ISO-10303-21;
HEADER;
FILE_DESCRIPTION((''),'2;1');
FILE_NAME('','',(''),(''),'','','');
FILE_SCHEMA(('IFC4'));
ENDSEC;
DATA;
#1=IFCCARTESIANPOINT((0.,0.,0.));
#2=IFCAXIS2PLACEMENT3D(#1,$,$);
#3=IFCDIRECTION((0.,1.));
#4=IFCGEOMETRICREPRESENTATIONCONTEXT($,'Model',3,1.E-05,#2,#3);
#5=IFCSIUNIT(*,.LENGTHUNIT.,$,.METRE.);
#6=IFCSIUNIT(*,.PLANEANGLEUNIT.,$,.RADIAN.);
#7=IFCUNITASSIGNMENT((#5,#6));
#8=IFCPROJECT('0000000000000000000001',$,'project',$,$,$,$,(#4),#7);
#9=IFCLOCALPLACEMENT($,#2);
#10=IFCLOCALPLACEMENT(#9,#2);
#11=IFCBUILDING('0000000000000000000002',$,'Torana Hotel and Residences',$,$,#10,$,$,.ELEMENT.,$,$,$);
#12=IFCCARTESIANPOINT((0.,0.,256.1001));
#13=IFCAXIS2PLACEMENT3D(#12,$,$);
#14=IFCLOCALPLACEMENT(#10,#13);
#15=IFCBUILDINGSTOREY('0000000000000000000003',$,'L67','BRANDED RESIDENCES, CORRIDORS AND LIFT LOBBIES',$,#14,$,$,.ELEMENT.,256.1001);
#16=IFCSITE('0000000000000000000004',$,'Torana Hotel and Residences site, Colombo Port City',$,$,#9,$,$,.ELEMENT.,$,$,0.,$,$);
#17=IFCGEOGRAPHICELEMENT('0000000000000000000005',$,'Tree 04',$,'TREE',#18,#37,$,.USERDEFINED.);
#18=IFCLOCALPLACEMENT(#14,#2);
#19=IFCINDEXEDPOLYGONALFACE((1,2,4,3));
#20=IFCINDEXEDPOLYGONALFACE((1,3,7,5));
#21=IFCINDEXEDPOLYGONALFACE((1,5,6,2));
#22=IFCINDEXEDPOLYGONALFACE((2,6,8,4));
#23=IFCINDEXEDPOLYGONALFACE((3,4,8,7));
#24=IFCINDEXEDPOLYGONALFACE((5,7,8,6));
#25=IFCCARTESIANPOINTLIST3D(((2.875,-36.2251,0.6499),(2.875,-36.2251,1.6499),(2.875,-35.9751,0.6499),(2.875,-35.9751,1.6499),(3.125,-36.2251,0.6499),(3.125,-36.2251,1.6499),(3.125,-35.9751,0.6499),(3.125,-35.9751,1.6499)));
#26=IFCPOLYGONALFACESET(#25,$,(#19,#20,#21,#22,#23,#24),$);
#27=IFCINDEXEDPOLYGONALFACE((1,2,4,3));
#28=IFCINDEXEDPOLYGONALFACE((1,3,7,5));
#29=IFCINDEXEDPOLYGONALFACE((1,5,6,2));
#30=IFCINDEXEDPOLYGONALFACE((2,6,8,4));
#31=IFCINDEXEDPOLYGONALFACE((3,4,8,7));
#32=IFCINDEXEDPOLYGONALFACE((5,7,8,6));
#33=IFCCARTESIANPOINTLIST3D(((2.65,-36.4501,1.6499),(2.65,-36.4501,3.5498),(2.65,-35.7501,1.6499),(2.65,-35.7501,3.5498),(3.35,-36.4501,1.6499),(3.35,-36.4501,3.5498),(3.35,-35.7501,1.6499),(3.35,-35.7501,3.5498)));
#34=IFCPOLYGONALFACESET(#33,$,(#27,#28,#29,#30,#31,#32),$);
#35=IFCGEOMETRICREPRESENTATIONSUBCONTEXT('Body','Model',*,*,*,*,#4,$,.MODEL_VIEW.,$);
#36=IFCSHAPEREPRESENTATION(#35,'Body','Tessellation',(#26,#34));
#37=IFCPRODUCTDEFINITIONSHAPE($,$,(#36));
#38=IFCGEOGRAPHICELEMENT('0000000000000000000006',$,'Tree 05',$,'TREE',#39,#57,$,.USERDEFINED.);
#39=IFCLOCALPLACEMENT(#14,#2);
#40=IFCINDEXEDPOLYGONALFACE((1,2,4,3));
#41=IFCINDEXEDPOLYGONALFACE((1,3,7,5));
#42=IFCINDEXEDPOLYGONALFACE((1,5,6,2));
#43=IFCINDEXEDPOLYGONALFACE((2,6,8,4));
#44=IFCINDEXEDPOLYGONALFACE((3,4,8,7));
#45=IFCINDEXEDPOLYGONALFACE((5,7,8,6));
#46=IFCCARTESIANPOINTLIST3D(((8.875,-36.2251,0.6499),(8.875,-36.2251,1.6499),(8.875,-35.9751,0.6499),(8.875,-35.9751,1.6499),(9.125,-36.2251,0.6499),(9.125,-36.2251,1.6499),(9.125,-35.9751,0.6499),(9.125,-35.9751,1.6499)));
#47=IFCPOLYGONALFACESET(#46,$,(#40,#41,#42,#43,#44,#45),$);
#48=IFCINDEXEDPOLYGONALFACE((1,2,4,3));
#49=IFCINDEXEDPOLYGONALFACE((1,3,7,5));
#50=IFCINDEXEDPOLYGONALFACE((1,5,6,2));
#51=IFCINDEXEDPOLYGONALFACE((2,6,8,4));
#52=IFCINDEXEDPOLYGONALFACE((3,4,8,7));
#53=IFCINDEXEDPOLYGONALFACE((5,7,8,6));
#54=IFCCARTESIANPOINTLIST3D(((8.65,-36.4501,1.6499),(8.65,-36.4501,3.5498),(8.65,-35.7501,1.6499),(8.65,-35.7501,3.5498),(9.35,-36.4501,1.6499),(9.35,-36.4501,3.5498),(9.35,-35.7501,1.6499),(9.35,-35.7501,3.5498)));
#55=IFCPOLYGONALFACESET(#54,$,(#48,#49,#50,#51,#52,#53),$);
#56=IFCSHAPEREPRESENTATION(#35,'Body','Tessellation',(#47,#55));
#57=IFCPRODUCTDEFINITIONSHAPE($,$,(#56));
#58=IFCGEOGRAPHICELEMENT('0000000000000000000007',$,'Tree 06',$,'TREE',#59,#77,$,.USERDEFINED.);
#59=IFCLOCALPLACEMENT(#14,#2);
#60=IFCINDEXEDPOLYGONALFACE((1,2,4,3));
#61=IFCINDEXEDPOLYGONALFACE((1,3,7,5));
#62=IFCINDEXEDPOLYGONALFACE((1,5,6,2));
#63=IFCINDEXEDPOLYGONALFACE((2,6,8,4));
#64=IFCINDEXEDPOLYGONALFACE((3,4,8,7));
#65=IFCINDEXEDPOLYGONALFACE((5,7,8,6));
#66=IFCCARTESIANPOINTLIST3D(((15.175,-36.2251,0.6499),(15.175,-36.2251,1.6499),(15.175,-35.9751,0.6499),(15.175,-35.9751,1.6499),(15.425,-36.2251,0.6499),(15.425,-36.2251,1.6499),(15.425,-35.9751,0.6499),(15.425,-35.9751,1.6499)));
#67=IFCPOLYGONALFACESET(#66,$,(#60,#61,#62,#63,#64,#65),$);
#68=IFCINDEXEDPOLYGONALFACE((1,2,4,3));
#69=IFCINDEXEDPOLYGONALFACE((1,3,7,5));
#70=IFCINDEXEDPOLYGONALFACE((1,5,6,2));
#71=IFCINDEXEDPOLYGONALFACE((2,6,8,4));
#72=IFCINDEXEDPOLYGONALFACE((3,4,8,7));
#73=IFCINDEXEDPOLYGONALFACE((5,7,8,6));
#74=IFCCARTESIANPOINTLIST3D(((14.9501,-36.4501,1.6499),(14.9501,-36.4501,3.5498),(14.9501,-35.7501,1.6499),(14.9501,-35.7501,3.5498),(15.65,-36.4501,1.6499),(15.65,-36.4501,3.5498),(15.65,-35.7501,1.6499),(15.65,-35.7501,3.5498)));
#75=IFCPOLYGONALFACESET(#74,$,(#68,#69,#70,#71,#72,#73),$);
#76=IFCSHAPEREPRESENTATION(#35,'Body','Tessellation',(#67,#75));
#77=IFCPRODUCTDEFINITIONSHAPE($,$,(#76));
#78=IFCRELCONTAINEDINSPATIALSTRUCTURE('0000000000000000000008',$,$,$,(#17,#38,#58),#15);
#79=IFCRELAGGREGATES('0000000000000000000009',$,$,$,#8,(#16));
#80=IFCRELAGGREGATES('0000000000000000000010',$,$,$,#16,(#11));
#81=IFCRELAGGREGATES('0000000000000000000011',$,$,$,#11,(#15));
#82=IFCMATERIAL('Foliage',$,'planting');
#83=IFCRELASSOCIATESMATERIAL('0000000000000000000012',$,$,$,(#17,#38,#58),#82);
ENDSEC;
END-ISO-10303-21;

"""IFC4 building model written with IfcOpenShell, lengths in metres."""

from ifc_helpers import new_model, si_unit, direction, frame, origin, origin_2d, place, context, subcontext, project, spatial, rectangle, extrude, material, element, save


model = new_model("IFC4")

# Units and contexts
model_context = context("Model", 3, precision=1e-05, world=origin(), true_north=direction((0.0, 1.0)))
body_context = subcontext(model_context, "Body", "Model", "MODEL_VIEW")
ifc_project = project(units=[si_unit("LENGTHUNIT", "METRE"), si_unit("PLANEANGLEUNIT", "RADIAN")], contexts=[model_context])

# Site, building, storey
site_placement = place(None, origin())
site = spatial("IfcSite", under=ifc_project, at=site_placement, Name="Torana Hotel and Residences site, Colombo Port City", CompositionType="ELEMENT", RefElevation=0.0)
building_placement = place(site_placement, origin())
building = spatial("IfcBuilding", under=site, at=building_placement, Name="Torana Hotel and Residences", CompositionType="ELEMENT")
storey_placement = place(building_placement, frame((0.0, 0.0, 256.1001)))
storey = spatial("IfcBuildingStorey", under=building, at=storey_placement, Name="L67", Description="BRANDED RESIDENCES, CORRIDORS AND LIFT LOBBIES", CompositionType="ELEMENT", Elevation=256.1001)

# Geographic elements
ifc_material_1 = material(Name="Foliage", Category="planting")
for number, where, z_axis, x_axis, name in (
    (1, (3.0, -36.1001, 0.6499), (0.0, 0.0, 1.0), (1.0, 0.0, 0.0), "Tree 04"),
    (2, (9.0, -36.1001, 0.6499), (0.0, 0.0, 1.0), (1.0, 0.0, 0.0), "Tree 05"),
    (3, (15.3, -36.1001, 0.6499), (0.0, 0.0, 1.0), (1.0, 0.0, 0.0), "Tree 06"),
):
    element("IfcGeographicElement", number, at=place(storey_placement, frame(where, z_axis=z_axis, x_axis=x_axis)), inside=storey, material=ifc_material_1, Name=name, ObjectType="TREE", PredefinedType="USERDEFINED", context=body_context, shape_type="SweptSolid", body=[
        extrude(rectangle(XDim=0.25, YDim=0.25, at=origin_2d()), origin(), (0.0, 0.0, 1.0), 1.0),
        extrude(rectangle(XDim=0.7, YDim=0.7, at=origin_2d()), frame((0.0, 0.0, 1.0)), (0.0, 0.0, 1.0), 1.8999),
    ])

save(model, "model.ifc")
